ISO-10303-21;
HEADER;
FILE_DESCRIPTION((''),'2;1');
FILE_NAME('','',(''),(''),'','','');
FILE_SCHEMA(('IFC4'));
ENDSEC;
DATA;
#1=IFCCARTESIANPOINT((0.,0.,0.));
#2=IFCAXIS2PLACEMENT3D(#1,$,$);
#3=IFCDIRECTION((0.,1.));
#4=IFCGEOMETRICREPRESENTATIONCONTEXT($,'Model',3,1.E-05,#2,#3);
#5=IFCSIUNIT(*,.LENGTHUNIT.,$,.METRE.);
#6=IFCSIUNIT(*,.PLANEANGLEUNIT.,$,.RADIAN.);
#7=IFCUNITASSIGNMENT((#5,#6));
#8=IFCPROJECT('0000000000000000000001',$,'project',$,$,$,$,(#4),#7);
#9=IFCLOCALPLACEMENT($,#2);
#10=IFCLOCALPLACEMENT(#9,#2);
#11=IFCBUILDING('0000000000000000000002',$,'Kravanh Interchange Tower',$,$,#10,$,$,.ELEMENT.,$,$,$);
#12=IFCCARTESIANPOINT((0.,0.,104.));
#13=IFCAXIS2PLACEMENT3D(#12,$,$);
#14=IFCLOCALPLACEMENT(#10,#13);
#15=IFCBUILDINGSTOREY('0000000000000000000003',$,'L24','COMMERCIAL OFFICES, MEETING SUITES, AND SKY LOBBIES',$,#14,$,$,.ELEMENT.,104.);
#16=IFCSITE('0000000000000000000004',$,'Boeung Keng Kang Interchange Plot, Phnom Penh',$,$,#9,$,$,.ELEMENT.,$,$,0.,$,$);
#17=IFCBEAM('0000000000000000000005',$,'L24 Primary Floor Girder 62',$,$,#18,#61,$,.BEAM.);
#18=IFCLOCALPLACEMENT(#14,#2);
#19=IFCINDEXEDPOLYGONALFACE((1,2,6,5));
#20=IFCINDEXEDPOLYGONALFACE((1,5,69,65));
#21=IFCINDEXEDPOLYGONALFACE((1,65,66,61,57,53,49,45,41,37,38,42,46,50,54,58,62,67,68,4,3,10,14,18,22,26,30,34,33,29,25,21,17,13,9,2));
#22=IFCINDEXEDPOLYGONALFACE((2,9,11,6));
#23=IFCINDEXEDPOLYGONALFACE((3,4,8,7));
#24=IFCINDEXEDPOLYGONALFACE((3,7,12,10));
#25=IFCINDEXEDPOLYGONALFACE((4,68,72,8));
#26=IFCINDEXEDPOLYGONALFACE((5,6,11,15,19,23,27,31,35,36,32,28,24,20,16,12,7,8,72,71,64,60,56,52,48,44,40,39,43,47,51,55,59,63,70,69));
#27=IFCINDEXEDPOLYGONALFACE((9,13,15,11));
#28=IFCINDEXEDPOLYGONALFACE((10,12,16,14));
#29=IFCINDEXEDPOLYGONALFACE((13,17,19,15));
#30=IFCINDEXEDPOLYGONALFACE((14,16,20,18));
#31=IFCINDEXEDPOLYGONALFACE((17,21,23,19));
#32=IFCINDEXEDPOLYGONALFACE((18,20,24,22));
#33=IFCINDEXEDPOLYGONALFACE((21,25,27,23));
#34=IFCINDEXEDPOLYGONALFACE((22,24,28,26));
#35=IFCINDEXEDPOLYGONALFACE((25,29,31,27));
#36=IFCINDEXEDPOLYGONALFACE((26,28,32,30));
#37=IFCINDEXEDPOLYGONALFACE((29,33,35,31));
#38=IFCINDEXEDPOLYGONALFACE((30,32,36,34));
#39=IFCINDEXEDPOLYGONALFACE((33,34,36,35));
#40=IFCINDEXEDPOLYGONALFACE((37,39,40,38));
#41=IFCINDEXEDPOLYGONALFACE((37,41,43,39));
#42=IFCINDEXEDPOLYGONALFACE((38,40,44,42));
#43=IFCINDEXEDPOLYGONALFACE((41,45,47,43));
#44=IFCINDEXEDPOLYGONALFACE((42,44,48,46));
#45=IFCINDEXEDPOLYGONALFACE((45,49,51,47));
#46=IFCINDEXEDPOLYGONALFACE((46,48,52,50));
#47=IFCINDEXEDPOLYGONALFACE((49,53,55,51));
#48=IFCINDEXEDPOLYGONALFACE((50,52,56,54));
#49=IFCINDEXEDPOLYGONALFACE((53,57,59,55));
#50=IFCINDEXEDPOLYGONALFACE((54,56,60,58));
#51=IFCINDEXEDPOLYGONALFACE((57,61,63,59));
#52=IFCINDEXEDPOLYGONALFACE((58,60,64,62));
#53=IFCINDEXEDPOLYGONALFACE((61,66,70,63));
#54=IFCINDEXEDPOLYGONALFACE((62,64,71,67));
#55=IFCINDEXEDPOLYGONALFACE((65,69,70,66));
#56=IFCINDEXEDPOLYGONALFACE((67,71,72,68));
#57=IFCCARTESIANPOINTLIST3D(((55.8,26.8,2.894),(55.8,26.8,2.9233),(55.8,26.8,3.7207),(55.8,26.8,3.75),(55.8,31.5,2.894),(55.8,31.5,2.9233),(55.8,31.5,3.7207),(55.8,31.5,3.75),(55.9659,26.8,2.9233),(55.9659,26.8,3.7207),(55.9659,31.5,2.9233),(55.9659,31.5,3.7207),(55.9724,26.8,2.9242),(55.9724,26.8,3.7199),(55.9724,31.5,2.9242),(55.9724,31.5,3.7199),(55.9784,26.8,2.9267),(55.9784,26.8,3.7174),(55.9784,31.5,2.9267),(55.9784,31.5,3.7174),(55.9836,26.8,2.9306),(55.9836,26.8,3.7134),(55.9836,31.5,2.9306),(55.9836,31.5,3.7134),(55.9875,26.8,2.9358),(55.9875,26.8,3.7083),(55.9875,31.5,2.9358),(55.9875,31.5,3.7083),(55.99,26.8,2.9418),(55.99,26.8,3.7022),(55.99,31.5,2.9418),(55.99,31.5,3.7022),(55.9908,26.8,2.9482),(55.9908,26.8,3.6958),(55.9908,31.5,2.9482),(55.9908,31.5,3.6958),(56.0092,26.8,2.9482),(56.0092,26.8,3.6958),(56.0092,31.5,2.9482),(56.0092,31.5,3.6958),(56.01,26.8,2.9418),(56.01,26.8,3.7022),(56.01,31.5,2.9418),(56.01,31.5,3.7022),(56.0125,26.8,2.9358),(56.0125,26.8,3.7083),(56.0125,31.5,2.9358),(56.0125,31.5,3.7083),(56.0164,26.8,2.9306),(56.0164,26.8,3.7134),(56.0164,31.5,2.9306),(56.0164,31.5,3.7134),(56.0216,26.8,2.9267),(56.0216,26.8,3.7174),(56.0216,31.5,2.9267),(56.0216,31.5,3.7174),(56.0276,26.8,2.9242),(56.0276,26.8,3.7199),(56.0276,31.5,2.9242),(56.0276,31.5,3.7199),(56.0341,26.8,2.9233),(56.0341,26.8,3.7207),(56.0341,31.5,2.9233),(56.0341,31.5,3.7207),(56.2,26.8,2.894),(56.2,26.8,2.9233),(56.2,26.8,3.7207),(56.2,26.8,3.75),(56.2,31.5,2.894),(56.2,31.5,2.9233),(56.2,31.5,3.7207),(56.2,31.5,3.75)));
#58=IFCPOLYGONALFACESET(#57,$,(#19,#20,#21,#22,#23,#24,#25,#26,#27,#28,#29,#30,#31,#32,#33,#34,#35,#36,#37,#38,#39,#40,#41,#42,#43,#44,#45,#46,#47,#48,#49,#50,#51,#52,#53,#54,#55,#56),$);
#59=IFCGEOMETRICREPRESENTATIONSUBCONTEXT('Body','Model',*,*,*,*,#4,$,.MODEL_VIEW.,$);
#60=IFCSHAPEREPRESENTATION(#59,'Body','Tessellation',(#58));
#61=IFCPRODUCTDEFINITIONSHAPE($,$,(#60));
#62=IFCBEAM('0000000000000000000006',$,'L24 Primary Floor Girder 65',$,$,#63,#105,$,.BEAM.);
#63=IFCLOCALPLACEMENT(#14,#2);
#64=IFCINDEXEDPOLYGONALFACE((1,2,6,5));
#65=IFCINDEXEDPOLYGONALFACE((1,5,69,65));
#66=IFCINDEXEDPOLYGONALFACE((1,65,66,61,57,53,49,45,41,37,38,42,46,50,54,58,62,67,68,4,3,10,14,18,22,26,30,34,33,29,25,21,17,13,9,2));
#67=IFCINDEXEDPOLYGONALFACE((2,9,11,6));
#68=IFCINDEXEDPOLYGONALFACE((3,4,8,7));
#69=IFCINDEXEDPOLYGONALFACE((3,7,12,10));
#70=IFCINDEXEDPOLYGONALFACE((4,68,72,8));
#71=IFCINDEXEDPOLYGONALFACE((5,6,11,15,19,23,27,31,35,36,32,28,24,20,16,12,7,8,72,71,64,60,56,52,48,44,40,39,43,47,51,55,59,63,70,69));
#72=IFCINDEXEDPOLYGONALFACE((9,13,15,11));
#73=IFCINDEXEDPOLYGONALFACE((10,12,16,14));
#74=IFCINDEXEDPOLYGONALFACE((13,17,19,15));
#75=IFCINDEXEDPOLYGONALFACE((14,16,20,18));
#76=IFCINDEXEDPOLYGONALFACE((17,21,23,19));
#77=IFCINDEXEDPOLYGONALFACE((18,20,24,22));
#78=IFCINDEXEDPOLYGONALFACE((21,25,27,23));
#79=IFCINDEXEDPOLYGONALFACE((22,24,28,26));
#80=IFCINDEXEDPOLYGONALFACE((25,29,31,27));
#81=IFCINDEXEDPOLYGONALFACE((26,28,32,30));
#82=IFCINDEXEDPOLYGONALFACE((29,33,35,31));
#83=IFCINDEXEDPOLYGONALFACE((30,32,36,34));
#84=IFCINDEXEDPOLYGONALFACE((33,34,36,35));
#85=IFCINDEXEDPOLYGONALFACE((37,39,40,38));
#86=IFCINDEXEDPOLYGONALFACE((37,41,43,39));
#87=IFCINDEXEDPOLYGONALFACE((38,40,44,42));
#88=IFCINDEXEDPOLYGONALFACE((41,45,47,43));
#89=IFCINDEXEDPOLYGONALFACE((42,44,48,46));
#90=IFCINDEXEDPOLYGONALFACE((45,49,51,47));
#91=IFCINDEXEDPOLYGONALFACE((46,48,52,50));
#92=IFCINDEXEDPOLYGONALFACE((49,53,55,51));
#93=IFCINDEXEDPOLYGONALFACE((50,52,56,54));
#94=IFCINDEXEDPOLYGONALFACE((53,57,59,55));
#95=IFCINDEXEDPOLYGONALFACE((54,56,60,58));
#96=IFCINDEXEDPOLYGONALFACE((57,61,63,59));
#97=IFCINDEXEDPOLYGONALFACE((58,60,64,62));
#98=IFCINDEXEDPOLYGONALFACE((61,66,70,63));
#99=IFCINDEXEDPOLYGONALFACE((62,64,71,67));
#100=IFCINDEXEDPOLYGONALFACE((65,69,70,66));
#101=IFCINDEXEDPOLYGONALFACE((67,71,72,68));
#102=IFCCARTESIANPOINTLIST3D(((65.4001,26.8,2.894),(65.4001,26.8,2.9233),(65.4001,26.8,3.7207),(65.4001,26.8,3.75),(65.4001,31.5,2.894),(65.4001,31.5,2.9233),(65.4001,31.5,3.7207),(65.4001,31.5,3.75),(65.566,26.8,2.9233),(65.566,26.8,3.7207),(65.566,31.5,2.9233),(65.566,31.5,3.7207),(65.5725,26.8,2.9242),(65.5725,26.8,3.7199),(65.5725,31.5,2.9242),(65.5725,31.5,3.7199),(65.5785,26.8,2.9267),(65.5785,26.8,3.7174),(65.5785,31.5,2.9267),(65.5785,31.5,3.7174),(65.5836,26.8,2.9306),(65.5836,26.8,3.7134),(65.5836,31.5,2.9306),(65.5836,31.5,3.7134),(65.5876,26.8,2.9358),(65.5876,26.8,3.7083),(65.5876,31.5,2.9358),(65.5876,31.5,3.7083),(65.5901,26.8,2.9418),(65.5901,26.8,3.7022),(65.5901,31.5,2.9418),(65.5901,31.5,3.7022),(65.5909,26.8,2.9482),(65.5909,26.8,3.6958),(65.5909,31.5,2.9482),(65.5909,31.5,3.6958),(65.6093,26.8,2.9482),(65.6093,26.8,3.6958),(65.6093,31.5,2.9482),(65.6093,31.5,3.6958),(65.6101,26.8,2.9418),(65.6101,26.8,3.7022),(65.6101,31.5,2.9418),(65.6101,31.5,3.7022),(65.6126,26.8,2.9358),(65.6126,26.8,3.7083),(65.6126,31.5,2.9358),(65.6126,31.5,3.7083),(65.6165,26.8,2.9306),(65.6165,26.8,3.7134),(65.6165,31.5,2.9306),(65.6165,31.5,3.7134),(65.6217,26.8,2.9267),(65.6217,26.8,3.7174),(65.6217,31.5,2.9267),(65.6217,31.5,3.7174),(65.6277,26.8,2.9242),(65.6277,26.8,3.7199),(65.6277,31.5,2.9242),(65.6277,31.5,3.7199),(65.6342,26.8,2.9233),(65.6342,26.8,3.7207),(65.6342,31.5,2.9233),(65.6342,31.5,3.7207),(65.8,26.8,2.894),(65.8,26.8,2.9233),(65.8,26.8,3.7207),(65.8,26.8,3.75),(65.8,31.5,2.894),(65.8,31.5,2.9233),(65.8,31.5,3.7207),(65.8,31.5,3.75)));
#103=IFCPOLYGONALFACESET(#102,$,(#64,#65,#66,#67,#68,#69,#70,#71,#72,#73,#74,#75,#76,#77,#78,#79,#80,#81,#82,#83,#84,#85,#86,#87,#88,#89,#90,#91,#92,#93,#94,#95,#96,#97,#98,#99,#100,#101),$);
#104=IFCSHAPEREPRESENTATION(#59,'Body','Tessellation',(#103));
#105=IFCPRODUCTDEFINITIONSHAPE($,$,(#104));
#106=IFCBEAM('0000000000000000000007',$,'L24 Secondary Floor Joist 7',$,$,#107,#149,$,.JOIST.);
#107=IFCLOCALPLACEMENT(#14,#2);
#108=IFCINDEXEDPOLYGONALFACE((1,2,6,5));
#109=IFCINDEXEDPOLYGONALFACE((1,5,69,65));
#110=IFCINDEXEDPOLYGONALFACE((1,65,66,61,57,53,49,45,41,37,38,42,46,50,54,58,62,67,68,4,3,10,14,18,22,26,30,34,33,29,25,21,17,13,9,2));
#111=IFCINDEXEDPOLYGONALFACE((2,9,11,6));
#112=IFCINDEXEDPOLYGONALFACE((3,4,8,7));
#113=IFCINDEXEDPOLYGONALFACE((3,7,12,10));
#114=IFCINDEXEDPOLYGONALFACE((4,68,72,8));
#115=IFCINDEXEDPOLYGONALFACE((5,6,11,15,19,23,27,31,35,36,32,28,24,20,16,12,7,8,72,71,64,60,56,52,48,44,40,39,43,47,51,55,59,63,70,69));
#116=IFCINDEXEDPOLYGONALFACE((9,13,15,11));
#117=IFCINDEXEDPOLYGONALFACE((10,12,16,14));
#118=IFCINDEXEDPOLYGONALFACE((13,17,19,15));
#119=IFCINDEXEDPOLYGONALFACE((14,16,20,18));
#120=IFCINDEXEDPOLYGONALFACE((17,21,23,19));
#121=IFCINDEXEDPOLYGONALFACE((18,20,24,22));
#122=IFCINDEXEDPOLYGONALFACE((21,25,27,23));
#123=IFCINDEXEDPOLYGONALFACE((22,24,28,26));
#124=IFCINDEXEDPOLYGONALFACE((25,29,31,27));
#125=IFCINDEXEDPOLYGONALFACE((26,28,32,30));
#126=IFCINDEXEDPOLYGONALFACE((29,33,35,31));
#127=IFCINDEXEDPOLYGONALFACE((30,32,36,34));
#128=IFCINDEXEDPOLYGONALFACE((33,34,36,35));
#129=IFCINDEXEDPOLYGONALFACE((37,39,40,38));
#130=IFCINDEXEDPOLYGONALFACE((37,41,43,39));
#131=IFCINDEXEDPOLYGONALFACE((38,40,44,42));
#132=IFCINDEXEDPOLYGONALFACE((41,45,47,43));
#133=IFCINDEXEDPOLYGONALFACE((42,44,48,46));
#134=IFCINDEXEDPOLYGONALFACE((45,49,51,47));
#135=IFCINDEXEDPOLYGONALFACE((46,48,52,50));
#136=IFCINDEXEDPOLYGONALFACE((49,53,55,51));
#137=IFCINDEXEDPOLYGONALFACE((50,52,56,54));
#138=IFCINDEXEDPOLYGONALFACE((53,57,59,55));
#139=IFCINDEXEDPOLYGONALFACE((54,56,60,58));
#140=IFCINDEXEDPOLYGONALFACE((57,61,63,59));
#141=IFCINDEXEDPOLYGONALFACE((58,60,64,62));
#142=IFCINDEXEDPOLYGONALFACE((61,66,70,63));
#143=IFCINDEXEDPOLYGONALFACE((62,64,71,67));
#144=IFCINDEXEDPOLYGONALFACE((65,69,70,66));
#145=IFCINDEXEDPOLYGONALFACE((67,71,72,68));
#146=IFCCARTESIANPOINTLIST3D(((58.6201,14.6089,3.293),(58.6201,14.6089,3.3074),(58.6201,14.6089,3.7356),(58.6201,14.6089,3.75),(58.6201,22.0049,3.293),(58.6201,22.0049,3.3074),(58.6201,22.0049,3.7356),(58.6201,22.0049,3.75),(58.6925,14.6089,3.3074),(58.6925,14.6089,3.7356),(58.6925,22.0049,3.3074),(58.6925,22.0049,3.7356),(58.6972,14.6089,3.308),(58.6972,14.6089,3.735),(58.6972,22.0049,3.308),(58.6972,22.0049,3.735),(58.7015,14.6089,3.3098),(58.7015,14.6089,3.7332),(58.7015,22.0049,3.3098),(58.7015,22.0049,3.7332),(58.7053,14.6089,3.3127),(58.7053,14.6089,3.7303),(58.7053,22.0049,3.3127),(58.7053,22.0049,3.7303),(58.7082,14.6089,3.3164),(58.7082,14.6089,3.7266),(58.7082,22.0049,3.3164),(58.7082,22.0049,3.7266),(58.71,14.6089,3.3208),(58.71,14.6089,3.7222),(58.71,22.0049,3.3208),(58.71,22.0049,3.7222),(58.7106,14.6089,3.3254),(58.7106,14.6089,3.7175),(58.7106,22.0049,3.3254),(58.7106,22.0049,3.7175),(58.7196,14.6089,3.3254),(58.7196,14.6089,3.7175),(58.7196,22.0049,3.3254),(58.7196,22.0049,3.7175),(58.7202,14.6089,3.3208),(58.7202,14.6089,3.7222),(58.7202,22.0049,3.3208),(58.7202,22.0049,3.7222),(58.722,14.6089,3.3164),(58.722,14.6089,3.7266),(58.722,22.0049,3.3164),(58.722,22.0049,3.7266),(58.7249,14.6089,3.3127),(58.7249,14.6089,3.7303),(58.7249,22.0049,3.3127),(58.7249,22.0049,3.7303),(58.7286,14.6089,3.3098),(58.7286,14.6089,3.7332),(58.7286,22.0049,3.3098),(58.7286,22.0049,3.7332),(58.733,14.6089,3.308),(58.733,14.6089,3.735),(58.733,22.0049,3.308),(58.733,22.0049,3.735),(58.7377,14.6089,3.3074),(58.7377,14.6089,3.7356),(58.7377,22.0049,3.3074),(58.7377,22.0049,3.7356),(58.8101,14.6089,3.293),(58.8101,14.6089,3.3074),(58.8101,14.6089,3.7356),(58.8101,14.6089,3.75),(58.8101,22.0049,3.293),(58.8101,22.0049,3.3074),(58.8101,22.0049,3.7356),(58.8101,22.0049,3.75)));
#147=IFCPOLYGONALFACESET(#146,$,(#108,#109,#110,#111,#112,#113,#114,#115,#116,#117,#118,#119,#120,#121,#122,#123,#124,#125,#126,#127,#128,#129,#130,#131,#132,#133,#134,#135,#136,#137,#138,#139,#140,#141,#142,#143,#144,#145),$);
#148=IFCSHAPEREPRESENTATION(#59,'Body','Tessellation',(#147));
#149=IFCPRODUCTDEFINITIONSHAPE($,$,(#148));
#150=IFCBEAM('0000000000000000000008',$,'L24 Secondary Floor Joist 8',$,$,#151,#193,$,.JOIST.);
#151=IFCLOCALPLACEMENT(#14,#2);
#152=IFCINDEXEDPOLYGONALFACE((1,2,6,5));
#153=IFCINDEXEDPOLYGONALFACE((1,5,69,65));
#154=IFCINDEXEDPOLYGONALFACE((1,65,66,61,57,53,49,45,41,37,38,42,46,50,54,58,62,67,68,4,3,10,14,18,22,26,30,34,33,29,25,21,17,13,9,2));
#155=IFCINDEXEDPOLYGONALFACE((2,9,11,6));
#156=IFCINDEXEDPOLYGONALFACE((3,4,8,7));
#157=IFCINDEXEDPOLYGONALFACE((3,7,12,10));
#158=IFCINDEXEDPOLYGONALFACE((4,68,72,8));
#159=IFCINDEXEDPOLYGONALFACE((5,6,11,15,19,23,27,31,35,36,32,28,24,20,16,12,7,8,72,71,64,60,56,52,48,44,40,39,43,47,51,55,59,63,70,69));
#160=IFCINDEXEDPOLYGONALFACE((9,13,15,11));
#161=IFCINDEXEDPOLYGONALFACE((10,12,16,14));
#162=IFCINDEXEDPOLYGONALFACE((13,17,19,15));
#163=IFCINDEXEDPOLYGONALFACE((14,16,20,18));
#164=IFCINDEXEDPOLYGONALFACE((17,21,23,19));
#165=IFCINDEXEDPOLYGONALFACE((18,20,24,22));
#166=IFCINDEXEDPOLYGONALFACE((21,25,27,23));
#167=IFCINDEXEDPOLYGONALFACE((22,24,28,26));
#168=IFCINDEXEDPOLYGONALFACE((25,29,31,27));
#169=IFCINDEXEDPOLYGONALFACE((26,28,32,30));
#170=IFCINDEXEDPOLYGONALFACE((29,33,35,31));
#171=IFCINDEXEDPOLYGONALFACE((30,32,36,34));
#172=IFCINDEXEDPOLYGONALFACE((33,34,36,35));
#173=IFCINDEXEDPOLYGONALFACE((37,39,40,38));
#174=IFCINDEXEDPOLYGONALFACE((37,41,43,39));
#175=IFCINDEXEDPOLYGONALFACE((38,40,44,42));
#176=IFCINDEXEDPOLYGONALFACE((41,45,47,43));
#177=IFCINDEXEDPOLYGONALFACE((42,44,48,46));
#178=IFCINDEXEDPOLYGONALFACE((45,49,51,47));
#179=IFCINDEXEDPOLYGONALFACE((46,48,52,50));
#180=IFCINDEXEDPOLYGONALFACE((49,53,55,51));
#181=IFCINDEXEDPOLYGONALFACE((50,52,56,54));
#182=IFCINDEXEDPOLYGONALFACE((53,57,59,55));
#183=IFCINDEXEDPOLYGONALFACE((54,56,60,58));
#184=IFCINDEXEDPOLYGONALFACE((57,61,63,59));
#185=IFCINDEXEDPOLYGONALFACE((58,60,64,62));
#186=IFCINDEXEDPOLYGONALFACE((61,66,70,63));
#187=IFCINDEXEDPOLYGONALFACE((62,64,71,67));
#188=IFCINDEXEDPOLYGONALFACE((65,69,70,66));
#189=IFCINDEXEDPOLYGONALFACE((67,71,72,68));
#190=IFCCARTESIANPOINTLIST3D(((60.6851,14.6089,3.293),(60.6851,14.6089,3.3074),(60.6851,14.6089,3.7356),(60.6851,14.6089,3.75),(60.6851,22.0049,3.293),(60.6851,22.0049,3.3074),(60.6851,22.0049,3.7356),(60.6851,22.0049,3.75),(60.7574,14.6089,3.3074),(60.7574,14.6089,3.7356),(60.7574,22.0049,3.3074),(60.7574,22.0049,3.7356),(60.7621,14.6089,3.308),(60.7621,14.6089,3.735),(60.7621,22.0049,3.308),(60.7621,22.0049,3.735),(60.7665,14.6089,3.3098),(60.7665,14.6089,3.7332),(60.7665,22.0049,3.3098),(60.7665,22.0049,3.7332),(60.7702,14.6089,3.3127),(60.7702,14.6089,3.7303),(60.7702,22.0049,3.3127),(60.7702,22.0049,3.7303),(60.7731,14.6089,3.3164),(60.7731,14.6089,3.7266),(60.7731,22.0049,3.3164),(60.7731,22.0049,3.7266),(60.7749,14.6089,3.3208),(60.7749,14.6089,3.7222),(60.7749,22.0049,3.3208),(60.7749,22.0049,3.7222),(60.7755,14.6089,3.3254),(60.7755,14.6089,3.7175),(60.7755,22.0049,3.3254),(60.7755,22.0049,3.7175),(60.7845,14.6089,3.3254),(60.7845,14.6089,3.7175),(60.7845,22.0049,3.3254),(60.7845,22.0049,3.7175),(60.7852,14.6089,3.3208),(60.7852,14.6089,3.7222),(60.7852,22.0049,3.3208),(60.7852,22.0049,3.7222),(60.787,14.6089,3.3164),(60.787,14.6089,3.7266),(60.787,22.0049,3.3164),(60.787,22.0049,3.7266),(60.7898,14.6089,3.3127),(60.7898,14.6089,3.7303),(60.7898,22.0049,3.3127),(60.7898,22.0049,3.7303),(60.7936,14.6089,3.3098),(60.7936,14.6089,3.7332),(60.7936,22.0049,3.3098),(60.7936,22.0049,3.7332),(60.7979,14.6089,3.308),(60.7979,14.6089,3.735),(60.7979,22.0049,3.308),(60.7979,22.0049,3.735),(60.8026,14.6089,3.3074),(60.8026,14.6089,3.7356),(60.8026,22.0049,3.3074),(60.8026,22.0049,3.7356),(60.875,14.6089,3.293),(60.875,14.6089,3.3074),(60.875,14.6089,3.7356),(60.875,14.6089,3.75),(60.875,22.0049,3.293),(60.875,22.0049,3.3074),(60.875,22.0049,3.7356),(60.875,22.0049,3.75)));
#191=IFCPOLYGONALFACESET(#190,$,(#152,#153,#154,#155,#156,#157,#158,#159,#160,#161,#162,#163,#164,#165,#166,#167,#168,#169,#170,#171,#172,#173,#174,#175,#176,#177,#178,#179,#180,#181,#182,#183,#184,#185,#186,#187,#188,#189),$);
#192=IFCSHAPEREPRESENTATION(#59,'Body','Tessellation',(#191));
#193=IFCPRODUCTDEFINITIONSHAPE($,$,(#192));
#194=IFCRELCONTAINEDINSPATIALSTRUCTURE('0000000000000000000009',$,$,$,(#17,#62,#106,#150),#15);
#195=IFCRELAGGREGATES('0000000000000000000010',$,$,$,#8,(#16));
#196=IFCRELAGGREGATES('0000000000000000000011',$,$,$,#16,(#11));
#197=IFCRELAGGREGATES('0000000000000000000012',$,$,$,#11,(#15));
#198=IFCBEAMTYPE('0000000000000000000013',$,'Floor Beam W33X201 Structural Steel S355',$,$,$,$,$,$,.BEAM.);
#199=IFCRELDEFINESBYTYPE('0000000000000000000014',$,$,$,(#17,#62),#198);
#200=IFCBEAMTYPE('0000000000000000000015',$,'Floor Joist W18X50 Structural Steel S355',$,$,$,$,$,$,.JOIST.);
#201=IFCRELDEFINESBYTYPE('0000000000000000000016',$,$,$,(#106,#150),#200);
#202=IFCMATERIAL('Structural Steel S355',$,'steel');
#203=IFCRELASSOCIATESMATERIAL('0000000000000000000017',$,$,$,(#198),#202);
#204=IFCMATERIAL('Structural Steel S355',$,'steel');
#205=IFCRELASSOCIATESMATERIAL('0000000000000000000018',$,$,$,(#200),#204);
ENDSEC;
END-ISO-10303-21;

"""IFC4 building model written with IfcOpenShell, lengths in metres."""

from ifc_helpers import new_model, si_unit, direction, frame, origin, origin_2d, place, context, subcontext, project, spatial, i_section, extrude, material, material_profile, profile_set, type_object, element, save


model = new_model("IFC4")

# Units and contexts
model_context = context("Model", 3, precision=1e-05, world=origin(), true_north=direction((0.0, 1.0)))
body_context = subcontext(model_context, "Body", "Model", "MODEL_VIEW")
ifc_project = project(units=[si_unit("LENGTHUNIT", "METRE"), si_unit("PLANEANGLEUNIT", "RADIAN")], contexts=[model_context])

# Site, building, storey
site_placement = place(None, origin())
site = spatial("IfcSite", under=ifc_project, at=site_placement, Name="Boeung Keng Kang Interchange Plot, Phnom Penh", CompositionType="ELEMENT", RefElevation=0.0)
building_placement = place(site_placement, origin())
building = spatial("IfcBuilding", under=site, at=building_placement, Name="Kravanh Interchange Tower", CompositionType="ELEMENT")
storey_placement = place(building_placement, frame((0.0, 0.0, 104.0)))
storey = spatial("IfcBuildingStorey", under=building, at=storey_placement, Name="L24", Description="COMMERCIAL OFFICES, MEETING SUITES, AND SKY LOBBIES", CompositionType="ELEMENT", Elevation=104.0)

# Beams
ifc_material_1 = material(Name="Structural Steel S355", Category="steel")
ifc_material_profile_1 = material_profile(ifc_material_1, i_section(OverallWidth=0.3999, OverallDepth=0.856, WebThickness=0.0183, FlangeThickness=0.0293, FilletRadius=0.0249, at=origin_2d()), Name="W33X201")
ifc_profile_set_1 = profile_set([ifc_material_profile_1], Name="Structural Steel S355")
beam_type_1 = type_object("IfcBeamType", Name="Floor Beam W33X201 Structural Steel S355", PredefinedType="BEAM", material=ifc_profile_set_1)
for number, where, z_axis, x_axis, name in (
    (1, (56.0, 26.8, 3.322), (0.0, 1.0, 0.0), (-1.0, 0.0, 0.0), "L24 Primary Floor Girder 62"),
    (2, (65.6001, 26.8, 3.322), (0.0, 1.0, 0.0), (-1.0, 0.0, 0.0), "L24 Primary Floor Girder 65"),
):
    element("IfcBeam", number, at=place(storey_placement, frame(where, z_axis=z_axis, x_axis=x_axis)), inside=storey, type_object=beam_type_1, Name=name, PredefinedType="BEAM", context=body_context, shape_type="SweptSolid", body=[
        extrude(i_section(OverallWidth=0.3999, OverallDepth=0.856, WebThickness=0.0183, FlangeThickness=0.0293, FilletRadius=0.0249, at=origin_2d()), origin(), (0.0, 0.0, 1.0), 4.7),
    ])
ifc_material_2 = material(Name="Structural Steel S355", Category="steel")
ifc_material_profile_2 = material_profile(ifc_material_2, i_section(OverallWidth=0.1899, OverallDepth=0.457, WebThickness=0.009, FlangeThickness=0.0144, FilletRadius=0.0181, at=origin_2d()), Name="W18X50")
ifc_profile_set_2 = profile_set([ifc_material_profile_2], Name="Structural Steel S355")
beam_type_2 = type_object("IfcBeamType", Name="Floor Joist W18X50 Structural Steel S355", PredefinedType="JOIST", material=ifc_profile_set_2)
for number, where, z_axis, x_axis, name in (
    (3, (58.7151, 14.6089, 3.5215), (0.0, 1.0, 0.0), (-1.0, 0.0, 0.0), "L24 Secondary Floor Joist 7"),
    (4, (60.78, 14.6089, 3.5215), (0.0, 1.0, 0.0), (-1.0, 0.0, 0.0), "L24 Secondary Floor Joist 8"),
):
    element("IfcBeam", number, at=place(storey_placement, frame(where, z_axis=z_axis, x_axis=x_axis)), inside=storey, type_object=beam_type_2, Name=name, PredefinedType="JOIST", context=body_context, shape_type="SweptSolid", body=[
        extrude(i_section(OverallWidth=0.1899, OverallDepth=0.457, WebThickness=0.009, FlangeThickness=0.0144, FilletRadius=0.0181, at=origin_2d()), origin(), (0.0, 0.0, 1.0), 7.396),
    ])

save(model, "model.ifc")
